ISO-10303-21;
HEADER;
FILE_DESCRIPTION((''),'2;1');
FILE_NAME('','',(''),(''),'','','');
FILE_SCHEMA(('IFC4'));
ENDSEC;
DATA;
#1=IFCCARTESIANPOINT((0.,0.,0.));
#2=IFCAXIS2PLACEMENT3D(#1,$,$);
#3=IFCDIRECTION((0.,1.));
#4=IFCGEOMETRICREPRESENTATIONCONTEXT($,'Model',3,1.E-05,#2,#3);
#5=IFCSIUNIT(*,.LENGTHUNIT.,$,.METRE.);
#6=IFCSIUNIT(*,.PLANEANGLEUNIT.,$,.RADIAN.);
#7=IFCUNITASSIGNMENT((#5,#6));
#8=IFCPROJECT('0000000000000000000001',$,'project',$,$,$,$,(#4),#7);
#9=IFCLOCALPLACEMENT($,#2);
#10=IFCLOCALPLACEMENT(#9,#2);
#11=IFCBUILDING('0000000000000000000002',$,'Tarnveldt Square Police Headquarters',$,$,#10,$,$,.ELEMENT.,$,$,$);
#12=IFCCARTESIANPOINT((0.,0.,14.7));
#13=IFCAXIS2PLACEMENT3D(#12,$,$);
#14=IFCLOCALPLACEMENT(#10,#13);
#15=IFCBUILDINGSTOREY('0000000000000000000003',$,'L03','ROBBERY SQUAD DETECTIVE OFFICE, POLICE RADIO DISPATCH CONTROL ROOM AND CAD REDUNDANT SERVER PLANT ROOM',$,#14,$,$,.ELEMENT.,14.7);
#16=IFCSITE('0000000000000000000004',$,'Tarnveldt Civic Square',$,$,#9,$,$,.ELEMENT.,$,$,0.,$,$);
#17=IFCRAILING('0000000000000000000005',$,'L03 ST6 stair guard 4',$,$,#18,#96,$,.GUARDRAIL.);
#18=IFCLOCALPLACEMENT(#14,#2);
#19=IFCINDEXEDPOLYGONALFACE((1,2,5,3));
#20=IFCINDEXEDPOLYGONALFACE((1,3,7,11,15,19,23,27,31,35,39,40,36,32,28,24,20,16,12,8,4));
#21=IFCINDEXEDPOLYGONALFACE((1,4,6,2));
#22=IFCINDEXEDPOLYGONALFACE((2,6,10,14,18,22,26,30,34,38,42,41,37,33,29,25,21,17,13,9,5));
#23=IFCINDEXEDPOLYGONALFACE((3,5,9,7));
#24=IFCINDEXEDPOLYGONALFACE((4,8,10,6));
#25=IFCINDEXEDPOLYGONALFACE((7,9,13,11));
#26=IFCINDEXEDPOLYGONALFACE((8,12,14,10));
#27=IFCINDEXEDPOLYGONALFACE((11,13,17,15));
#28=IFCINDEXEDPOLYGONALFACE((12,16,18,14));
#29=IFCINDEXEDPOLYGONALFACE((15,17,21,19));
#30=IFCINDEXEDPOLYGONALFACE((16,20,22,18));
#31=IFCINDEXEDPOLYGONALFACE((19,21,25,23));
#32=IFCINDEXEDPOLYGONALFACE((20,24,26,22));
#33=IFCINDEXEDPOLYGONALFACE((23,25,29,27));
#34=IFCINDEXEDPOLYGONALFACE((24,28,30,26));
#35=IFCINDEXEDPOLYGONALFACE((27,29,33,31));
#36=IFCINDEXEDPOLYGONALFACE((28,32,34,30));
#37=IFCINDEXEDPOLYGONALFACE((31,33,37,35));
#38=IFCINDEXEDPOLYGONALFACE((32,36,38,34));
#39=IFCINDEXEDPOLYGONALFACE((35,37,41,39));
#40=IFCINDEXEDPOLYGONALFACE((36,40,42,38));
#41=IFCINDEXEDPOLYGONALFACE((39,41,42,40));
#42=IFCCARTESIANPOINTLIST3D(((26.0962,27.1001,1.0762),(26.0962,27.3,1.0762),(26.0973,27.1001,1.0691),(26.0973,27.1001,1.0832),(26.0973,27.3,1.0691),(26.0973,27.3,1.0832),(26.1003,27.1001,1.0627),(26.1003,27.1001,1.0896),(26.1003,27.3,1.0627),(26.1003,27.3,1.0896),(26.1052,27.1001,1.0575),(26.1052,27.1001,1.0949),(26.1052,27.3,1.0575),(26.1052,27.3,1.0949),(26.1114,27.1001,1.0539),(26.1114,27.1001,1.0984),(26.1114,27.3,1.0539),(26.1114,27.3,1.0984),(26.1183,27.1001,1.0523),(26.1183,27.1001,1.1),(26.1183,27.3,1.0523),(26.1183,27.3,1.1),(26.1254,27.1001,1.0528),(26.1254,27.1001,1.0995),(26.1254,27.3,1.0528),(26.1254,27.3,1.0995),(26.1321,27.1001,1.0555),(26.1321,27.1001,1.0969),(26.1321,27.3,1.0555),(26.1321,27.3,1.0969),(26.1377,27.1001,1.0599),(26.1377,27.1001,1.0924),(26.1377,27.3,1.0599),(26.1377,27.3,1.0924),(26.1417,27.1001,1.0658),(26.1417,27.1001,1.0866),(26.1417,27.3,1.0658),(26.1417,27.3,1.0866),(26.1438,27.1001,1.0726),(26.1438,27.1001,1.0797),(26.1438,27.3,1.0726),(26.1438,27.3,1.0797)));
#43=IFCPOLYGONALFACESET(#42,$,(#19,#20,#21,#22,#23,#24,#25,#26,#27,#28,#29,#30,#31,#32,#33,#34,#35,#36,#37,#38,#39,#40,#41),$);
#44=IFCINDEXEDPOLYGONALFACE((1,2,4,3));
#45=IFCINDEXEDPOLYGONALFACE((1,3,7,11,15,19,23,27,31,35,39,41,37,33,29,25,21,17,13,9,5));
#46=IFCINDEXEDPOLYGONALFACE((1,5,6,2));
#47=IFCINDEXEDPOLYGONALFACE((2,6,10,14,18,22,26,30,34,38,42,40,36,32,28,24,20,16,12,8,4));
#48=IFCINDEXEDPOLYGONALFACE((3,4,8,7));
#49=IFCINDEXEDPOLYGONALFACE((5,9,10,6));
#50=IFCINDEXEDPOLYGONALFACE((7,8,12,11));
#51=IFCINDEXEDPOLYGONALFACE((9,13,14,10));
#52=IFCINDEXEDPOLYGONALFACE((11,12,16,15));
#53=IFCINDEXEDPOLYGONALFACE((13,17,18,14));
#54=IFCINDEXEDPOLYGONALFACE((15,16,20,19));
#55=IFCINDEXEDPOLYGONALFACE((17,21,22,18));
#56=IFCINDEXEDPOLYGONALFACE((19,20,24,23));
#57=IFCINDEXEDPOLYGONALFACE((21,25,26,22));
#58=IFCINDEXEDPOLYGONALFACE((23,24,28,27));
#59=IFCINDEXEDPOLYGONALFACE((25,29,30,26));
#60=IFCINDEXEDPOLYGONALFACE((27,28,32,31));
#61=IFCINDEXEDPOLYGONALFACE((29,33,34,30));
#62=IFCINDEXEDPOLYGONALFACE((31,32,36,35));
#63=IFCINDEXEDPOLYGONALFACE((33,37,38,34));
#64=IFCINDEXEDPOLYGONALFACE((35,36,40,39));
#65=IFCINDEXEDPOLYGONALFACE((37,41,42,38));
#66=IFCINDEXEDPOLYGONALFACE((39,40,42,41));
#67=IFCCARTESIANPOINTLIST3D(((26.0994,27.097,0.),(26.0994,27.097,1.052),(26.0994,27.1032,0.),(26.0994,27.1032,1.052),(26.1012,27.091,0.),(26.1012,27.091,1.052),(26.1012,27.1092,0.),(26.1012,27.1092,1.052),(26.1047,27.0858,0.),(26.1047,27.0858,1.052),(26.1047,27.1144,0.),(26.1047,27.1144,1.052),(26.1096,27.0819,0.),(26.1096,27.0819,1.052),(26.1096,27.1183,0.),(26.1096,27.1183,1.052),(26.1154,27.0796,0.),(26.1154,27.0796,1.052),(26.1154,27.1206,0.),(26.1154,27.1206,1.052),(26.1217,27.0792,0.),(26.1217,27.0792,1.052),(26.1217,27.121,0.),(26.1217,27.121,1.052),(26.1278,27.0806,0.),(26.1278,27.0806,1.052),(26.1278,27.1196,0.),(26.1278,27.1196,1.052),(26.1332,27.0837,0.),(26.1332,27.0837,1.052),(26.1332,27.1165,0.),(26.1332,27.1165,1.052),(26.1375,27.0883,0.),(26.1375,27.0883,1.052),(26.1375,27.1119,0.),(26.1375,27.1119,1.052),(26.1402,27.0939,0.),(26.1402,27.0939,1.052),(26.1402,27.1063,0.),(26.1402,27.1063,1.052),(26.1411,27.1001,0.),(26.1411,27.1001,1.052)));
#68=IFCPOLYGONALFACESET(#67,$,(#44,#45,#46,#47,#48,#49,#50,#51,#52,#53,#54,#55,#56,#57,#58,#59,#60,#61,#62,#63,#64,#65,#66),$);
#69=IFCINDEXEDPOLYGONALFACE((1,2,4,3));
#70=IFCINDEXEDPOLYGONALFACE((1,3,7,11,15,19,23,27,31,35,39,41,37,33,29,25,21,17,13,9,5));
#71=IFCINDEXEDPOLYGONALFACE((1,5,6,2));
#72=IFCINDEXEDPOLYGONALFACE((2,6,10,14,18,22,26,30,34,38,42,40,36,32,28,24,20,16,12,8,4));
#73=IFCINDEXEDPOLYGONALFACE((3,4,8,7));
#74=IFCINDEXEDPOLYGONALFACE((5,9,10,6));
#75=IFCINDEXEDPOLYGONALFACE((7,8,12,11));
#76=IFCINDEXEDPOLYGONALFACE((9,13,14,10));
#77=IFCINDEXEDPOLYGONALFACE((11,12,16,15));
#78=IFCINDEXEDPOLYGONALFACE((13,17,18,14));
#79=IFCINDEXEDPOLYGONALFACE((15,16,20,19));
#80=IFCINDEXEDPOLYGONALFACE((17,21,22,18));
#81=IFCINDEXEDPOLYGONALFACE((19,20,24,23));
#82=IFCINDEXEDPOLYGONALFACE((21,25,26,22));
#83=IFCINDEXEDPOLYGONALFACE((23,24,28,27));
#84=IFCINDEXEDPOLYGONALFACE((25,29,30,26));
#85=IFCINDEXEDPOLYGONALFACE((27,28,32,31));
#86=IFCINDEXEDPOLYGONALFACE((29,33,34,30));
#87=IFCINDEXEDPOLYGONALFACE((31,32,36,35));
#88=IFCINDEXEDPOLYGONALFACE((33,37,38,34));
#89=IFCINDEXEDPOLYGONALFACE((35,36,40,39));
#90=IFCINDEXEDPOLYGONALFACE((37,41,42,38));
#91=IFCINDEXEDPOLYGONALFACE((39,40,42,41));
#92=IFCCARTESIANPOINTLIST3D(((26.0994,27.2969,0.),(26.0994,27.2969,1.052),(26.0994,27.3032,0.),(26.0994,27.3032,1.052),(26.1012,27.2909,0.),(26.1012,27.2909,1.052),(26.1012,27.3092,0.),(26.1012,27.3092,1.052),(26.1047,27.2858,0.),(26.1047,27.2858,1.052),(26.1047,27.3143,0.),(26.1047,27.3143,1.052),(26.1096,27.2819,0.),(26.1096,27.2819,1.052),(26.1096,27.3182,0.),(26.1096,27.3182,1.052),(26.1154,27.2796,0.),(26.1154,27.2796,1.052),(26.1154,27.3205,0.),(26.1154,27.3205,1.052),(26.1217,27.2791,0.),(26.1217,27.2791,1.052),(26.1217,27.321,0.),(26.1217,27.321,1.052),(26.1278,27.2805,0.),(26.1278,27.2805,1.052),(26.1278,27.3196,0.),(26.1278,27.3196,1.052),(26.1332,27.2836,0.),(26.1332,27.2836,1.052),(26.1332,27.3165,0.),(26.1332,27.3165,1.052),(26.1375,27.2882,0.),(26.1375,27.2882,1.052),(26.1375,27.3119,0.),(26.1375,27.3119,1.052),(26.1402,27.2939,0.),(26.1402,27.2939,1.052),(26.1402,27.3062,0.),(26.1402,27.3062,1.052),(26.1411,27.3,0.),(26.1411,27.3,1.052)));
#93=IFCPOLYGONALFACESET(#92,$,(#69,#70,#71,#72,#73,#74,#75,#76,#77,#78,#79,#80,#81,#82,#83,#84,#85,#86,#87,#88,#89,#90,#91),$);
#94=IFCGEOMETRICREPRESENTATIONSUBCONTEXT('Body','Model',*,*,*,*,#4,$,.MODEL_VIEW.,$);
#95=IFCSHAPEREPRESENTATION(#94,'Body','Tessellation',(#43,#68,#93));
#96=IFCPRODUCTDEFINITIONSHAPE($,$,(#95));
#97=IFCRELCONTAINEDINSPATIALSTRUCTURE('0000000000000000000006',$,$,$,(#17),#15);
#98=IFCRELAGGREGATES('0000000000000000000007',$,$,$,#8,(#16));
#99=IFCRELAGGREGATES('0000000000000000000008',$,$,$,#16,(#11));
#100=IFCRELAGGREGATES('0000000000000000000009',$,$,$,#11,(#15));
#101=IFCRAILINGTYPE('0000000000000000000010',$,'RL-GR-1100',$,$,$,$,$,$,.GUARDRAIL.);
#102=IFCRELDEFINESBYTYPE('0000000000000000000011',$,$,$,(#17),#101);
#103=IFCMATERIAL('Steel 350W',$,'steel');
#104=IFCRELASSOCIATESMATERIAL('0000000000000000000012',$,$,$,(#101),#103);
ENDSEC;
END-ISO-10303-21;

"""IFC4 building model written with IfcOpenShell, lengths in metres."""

from ifc_helpers import new_model, si_unit, direction, frame, origin, origin_2d, place, context, subcontext, project, spatial, circle, extrude, material, type_object, element, save


model = new_model("IFC4")

# Units and contexts
model_context = context("Model", 3, precision=1e-05, world=origin(), true_north=direction((0.0, 1.0)))
body_context = subcontext(model_context, "Body", "Model", "MODEL_VIEW")
ifc_project = project(units=[si_unit("LENGTHUNIT", "METRE"), si_unit("PLANEANGLEUNIT", "RADIAN")], contexts=[model_context])

# Site, building, storey
site_placement = place(None, origin())
site = spatial("IfcSite", under=ifc_project, at=site_placement, Name="Tarnveldt Civic Square", CompositionType="ELEMENT", RefElevation=0.0)
building_placement = place(site_placement, origin())
building = spatial("IfcBuilding", under=site, at=building_placement, Name="Tarnveldt Square Police Headquarters", CompositionType="ELEMENT")
storey_placement = place(building_placement, frame((0.0, 0.0, 14.7)))
storey = spatial("IfcBuildingStorey", under=building, at=storey_placement, Name="L03", Description="ROBBERY SQUAD DETECTIVE OFFICE, POLICE RADIO DISPATCH CONTROL ROOM AND CAD REDUNDANT SERVER PLANT ROOM", CompositionType="ELEMENT", Elevation=14.7)

# Shared definitions
ifc_material_1 = material(Name="Steel 350W", Category="steel")

# Railing
railing_type_1 = type_object("IfcRailingType", Name="RL-GR-1100", PredefinedType="GUARDRAIL", material=ifc_material_1)
railing_1_placement = place(storey_placement, frame((26.1201, 27.1001, 0.0)))
element("IfcRailing", 1, at=railing_1_placement, inside=storey, type_object=railing_type_1, Name="L03 ST6 stair guard 4", PredefinedType="GUARDRAIL", context=body_context, shape_type="SweptSolid", body=[
    extrude(circle(Radius=0.0239, at=origin_2d()), frame((0.0, 0.0, 1.0762), z_axis=(0.0, 1.0, 0.0), x_axis=(-1.0, 0.0, 0.0)), (0.0, 0.0, 1.0), 0.2),
    extrude(circle(Radius=0.021, at=origin_2d()), origin(), (0.0, 0.0, 1.0), 1.052),
    extrude(circle(Radius=0.021, at=origin_2d()), frame((0.0, 0.2, 0.0)), (0.0, 0.0, 1.0), 1.052),
])

save(model, "model.ifc")
